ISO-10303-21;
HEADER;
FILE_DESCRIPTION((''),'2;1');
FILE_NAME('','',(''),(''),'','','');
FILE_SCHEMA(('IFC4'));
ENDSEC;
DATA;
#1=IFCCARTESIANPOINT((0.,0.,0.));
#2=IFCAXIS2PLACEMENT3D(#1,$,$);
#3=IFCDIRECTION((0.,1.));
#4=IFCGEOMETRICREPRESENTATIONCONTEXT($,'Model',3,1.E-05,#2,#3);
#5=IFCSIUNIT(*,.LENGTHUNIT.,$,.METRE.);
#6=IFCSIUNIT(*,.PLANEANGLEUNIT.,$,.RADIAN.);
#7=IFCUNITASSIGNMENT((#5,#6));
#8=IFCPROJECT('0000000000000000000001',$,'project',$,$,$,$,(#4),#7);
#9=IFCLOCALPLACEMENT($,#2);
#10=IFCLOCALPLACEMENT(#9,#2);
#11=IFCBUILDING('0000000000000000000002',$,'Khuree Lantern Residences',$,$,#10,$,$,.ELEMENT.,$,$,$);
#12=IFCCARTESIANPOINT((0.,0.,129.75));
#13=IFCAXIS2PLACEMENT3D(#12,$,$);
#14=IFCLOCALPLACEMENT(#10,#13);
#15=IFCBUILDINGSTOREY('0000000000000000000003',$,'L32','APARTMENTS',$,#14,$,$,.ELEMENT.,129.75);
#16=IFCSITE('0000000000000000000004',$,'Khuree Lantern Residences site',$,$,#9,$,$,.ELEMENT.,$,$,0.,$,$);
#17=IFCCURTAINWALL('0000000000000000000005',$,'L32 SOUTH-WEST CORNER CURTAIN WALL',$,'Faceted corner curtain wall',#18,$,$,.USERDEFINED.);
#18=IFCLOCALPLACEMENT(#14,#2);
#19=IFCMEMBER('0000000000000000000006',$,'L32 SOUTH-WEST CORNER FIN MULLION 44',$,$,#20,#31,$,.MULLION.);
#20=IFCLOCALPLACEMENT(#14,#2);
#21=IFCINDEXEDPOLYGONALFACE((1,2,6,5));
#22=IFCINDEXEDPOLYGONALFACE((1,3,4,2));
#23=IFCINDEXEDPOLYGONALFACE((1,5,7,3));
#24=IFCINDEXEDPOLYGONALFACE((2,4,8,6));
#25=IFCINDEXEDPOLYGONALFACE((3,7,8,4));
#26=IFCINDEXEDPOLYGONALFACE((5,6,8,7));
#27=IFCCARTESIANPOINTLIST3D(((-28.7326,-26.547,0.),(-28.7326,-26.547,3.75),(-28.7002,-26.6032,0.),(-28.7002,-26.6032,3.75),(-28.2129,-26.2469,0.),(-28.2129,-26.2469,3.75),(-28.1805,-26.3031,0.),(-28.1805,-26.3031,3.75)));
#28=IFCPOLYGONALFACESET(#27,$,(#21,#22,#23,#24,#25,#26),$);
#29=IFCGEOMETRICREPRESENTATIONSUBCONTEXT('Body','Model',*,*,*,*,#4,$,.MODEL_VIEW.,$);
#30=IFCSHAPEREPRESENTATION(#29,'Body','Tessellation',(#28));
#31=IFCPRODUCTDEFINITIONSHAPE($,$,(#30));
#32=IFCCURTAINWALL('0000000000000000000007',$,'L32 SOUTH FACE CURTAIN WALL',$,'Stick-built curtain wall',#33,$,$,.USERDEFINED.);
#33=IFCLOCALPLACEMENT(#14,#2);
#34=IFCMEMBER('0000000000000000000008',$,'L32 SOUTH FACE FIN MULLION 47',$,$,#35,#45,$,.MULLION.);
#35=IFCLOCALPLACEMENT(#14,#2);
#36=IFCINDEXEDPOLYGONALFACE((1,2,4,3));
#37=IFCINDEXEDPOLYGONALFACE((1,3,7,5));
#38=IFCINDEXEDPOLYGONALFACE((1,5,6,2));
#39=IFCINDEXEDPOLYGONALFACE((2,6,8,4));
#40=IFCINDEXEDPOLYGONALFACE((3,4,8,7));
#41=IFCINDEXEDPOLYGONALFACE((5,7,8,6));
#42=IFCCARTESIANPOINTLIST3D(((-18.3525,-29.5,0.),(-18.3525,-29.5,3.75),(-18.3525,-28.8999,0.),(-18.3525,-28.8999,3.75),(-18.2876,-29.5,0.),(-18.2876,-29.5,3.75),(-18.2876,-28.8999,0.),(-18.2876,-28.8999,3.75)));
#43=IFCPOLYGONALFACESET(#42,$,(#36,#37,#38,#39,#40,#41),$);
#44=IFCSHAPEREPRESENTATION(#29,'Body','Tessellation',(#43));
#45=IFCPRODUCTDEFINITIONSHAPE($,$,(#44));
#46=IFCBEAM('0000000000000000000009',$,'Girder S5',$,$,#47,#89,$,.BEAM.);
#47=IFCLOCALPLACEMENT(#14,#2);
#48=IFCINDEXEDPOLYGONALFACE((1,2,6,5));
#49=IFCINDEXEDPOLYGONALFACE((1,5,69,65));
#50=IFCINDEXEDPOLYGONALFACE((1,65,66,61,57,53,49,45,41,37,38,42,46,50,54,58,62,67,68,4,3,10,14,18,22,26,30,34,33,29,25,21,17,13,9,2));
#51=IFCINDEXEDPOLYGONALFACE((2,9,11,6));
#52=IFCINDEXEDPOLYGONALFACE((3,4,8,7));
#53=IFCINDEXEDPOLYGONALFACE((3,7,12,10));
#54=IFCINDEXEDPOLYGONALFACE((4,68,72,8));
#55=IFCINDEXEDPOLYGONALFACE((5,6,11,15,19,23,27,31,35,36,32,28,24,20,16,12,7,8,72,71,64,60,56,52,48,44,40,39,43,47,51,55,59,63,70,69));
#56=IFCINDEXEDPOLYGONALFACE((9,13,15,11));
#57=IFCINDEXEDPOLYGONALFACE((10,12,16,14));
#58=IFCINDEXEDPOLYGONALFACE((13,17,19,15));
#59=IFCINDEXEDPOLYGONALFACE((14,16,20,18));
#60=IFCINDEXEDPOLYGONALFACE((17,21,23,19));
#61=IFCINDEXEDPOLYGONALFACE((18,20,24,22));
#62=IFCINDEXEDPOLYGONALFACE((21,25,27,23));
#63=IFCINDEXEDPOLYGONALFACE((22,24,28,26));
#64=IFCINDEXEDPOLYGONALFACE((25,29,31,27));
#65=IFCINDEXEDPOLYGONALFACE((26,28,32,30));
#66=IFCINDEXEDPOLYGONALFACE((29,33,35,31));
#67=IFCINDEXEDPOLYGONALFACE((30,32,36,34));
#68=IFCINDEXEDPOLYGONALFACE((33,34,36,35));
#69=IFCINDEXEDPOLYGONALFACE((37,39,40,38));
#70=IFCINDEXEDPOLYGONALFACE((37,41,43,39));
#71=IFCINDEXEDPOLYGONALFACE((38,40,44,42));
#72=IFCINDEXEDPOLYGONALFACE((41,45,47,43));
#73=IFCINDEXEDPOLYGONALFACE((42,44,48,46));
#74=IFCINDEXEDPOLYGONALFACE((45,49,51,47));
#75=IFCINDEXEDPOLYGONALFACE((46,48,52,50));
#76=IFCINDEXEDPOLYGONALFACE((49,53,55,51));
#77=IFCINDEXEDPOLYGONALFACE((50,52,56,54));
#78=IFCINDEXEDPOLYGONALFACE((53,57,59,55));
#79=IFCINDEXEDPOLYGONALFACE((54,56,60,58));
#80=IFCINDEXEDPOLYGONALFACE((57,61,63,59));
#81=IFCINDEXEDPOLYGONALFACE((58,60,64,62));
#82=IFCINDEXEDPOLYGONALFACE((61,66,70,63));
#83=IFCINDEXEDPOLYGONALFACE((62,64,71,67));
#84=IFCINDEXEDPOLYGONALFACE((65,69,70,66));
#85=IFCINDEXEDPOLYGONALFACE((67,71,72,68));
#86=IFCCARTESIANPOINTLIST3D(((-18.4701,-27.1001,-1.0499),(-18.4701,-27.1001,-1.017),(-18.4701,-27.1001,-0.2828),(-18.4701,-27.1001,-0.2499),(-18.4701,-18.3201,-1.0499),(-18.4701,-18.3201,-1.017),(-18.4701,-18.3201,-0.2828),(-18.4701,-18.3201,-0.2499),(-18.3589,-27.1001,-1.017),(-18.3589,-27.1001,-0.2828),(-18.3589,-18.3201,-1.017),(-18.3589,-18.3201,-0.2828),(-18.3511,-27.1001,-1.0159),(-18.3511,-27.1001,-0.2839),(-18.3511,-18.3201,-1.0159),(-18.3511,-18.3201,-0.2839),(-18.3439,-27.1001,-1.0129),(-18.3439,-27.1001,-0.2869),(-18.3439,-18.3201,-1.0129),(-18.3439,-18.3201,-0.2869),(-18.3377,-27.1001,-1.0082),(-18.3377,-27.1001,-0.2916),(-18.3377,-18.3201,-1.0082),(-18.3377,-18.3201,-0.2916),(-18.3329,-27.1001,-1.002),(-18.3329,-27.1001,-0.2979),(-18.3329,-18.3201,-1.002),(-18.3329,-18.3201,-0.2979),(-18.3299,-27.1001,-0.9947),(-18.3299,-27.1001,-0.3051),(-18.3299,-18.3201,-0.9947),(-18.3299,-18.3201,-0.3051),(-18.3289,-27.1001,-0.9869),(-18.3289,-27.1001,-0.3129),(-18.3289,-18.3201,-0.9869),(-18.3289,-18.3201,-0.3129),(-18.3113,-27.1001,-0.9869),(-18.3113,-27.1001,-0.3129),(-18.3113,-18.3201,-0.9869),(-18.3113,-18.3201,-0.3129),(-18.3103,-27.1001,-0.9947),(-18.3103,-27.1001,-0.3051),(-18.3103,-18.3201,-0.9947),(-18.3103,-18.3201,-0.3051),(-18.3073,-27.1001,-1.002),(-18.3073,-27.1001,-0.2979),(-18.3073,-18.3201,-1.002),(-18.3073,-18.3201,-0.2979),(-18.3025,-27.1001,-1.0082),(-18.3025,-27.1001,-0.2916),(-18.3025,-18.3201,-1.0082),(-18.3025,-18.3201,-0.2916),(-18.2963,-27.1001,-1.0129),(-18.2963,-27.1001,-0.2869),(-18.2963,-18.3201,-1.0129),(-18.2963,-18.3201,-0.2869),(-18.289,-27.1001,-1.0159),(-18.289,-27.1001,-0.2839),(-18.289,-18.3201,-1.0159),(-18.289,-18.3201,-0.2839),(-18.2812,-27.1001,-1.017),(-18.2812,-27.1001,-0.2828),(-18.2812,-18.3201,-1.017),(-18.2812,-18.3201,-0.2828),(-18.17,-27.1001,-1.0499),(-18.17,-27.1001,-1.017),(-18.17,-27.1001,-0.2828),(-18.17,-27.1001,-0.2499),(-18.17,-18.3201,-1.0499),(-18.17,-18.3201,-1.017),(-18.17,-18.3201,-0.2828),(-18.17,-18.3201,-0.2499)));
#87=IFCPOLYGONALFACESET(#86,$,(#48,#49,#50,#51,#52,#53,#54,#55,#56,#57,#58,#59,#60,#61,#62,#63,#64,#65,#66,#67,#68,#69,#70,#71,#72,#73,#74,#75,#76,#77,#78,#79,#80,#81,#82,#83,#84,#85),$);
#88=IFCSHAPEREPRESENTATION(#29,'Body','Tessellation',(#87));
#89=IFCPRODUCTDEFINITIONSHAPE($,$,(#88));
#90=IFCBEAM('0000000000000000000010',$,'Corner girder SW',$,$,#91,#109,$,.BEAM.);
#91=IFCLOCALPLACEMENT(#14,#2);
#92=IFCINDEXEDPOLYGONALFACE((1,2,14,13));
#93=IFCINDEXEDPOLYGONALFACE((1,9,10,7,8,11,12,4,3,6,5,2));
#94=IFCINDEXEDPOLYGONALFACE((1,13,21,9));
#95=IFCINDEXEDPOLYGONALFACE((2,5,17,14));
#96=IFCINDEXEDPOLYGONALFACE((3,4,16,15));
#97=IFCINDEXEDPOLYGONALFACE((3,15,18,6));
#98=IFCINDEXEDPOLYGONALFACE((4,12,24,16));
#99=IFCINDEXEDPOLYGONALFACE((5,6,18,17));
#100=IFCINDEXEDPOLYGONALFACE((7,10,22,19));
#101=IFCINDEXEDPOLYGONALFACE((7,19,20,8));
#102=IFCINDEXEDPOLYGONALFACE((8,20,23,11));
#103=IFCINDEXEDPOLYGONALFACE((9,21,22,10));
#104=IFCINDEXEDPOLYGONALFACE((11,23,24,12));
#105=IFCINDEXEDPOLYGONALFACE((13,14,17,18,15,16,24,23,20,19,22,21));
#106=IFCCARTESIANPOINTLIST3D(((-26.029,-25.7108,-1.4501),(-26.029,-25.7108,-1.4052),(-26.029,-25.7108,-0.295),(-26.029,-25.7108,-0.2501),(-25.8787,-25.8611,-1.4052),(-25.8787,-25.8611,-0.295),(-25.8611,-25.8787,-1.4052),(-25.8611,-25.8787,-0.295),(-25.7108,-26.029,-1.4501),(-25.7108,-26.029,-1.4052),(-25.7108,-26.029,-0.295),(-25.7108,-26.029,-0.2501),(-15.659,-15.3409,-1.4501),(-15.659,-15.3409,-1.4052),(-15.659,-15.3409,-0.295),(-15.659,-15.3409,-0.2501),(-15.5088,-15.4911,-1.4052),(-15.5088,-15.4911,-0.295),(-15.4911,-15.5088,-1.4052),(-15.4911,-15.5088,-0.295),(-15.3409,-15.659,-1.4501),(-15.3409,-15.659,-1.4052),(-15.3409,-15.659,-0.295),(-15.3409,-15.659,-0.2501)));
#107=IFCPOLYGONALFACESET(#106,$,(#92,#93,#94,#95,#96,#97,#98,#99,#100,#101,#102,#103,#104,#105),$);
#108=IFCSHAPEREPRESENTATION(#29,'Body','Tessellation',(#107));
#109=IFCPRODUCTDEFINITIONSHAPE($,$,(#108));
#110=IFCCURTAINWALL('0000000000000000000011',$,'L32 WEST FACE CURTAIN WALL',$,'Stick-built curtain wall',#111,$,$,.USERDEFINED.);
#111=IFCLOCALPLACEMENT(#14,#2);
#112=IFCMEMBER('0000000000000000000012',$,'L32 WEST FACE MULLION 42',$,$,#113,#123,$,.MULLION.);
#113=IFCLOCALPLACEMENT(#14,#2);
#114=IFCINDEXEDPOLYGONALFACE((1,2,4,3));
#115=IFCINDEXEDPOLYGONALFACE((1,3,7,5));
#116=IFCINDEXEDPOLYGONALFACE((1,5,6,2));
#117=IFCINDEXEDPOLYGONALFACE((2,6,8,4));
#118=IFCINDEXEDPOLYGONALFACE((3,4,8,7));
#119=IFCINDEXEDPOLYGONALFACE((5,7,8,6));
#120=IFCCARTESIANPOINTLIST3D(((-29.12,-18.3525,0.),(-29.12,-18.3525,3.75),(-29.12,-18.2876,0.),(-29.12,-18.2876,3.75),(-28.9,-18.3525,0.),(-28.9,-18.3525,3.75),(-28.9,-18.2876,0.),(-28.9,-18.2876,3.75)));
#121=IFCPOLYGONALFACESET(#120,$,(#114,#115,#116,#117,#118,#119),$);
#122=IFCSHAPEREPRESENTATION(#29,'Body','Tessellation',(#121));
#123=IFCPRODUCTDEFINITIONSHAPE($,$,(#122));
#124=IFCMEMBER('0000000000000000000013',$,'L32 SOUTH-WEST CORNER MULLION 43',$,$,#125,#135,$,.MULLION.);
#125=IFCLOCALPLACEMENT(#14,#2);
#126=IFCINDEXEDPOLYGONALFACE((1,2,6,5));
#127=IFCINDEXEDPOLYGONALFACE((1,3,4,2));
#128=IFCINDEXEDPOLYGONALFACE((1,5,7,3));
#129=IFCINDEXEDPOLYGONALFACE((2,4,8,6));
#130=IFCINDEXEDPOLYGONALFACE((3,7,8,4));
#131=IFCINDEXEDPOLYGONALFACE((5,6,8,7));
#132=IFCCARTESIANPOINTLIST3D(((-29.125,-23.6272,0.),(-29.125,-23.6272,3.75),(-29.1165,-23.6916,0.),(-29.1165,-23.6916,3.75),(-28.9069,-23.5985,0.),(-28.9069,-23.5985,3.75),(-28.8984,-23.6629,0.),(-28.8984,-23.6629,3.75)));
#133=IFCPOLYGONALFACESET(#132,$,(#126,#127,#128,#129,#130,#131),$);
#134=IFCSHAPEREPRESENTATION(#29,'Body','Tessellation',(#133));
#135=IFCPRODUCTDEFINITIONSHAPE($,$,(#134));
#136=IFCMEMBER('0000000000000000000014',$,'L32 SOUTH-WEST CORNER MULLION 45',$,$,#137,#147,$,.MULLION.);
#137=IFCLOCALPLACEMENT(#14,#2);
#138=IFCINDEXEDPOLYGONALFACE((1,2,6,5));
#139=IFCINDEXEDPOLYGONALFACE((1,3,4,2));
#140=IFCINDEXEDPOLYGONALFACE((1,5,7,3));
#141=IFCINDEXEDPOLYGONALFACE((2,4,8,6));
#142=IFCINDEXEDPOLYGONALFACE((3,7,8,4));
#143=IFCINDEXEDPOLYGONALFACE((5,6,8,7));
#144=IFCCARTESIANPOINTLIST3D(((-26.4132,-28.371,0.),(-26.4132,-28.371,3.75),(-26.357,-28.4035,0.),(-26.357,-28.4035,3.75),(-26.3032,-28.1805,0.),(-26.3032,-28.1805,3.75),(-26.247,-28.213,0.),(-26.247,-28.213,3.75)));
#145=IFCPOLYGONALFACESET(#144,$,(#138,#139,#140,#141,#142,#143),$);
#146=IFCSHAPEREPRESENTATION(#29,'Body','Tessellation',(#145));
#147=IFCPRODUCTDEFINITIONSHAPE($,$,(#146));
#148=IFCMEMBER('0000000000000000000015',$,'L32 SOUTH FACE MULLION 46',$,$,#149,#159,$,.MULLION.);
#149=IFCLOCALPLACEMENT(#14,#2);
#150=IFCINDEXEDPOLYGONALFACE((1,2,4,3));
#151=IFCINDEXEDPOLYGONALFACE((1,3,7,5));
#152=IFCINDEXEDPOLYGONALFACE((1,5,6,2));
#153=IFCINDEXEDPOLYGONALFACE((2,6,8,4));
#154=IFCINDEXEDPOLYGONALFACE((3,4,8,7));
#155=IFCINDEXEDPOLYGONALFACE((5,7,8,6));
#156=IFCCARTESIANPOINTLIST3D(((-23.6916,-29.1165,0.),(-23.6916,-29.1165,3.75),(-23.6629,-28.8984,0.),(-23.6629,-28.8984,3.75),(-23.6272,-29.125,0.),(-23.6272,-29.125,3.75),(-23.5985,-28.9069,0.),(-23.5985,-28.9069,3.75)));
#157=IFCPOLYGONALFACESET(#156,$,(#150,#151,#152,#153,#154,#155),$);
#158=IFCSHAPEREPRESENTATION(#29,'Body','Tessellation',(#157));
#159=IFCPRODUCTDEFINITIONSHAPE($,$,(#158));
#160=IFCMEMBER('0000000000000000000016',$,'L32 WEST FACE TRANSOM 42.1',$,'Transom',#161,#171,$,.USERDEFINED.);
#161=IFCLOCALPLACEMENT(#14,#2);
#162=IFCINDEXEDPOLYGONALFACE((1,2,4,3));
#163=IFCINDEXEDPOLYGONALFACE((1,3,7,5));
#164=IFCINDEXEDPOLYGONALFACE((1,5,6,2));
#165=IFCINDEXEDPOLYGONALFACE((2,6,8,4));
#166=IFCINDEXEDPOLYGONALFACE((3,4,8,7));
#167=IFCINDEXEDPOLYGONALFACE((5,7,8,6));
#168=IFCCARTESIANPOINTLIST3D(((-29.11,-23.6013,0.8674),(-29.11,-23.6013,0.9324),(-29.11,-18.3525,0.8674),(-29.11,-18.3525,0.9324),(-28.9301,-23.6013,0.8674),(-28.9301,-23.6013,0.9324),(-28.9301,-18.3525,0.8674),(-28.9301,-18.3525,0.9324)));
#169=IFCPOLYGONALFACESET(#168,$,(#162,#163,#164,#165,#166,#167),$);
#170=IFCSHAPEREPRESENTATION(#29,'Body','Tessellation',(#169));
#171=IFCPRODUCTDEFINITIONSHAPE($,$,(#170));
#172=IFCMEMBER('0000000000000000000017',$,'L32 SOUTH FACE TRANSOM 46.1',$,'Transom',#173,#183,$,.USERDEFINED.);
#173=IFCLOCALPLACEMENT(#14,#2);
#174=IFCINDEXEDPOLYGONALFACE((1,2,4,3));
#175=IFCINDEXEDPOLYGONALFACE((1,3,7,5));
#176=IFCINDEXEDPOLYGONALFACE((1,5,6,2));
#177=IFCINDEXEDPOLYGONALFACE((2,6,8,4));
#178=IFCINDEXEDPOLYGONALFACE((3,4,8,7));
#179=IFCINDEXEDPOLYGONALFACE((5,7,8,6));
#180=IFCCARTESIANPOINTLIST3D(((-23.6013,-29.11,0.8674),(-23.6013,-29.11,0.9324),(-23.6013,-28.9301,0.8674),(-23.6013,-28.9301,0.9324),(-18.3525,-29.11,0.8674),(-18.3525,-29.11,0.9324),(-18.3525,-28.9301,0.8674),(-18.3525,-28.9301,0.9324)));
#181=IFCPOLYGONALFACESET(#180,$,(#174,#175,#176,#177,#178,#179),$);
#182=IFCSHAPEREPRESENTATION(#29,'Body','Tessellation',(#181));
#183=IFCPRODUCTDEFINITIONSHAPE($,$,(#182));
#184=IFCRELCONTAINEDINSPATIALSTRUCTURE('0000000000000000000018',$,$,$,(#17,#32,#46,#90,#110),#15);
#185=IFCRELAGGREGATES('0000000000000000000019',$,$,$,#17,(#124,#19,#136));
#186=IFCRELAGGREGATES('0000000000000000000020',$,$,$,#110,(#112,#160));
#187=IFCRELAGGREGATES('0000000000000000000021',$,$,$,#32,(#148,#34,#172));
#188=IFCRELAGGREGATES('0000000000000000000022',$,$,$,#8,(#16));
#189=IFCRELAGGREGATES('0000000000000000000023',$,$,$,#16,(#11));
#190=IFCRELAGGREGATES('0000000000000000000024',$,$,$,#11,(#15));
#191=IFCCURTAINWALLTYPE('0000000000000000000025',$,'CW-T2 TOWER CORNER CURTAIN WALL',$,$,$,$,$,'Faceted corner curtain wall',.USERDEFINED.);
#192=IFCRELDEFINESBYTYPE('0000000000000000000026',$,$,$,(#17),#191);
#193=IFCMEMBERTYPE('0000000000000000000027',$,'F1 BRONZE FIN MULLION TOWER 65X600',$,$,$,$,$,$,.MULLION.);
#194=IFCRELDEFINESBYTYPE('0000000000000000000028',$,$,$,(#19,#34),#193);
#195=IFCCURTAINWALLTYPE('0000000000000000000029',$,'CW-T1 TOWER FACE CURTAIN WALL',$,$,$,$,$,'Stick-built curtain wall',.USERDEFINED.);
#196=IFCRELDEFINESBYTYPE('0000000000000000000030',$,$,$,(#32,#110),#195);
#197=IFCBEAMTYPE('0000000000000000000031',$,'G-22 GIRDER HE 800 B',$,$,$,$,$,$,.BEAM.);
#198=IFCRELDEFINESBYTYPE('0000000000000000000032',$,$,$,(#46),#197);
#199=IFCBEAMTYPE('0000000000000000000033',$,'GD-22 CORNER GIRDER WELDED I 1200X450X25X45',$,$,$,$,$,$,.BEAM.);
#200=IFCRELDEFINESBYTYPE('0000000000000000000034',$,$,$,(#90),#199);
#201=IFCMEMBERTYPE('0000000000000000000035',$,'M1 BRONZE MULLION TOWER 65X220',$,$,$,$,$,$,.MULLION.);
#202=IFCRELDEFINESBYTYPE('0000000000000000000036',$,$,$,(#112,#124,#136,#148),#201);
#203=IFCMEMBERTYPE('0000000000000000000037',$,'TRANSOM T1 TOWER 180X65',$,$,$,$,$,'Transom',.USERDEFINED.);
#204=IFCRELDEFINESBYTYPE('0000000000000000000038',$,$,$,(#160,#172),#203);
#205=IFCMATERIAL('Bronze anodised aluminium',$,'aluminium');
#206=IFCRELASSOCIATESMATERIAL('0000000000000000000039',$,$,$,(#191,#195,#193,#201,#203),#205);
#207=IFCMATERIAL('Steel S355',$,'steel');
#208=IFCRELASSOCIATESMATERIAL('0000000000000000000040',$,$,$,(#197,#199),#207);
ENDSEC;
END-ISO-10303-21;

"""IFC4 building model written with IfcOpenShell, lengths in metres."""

from ifc_helpers import new_model, si_unit, direction, frame, origin, origin_2d, place, context, subcontext, project, spatial, rectangle, i_section, extrude, material, material_profile, profile_set, type_object, element, aggregate, save


model = new_model("IFC4")

# Units and contexts
model_context = context("Model", 3, precision=1e-05, world=origin(), true_north=direction((0.0, 1.0)))
body_context = subcontext(model_context, "Body", "Model", "MODEL_VIEW")
ifc_project = project(units=[si_unit("LENGTHUNIT", "METRE"), si_unit("PLANEANGLEUNIT", "RADIAN")], contexts=[model_context])

# Site, building, storey
site_placement = place(None, origin())
site = spatial("IfcSite", under=ifc_project, at=site_placement, Name="Khuree Lantern Residences site", CompositionType="ELEMENT", RefElevation=0.0)
building_placement = place(site_placement, origin())
building = spatial("IfcBuilding", under=site, at=building_placement, Name="Khuree Lantern Residences", CompositionType="ELEMENT")
storey_placement = place(building_placement, frame((0.0, 0.0, 129.75)))
storey = spatial("IfcBuildingStorey", under=building, at=storey_placement, Name="L32", Description="APARTMENTS", CompositionType="ELEMENT", Elevation=129.75)

# Shared definitions
ifc_material_1 = material(Name="Steel S355", Category="steel")

# Curtain walls, members
ifc_material_2 = material(Name="Bronze anodised aluminium", Category="aluminium")
curtain_wall_type_1 = type_object("IfcCurtainWallType", Name="CW-T2 TOWER CORNER CURTAIN WALL", ElementType="Faceted corner curtain wall", PredefinedType="USERDEFINED", material=ifc_material_2)
curtain_wall_1_placement = place(storey_placement, origin())
curtain_wall_1 = element("IfcCurtainWall", 1, at=curtain_wall_1_placement, inside=storey, type_object=curtain_wall_type_1, Name="L32 SOUTH-WEST CORNER CURTAIN WALL", ObjectType="Faceted corner curtain wall", PredefinedType="USERDEFINED")
ifc_material_profile_1 = material_profile(ifc_material_2, rectangle(XDim=0.0649, YDim=0.6001, at=origin_2d()), Name="F1 65X600")
ifc_profile_set_1 = profile_set([ifc_material_profile_1], Name="Bronze anodised aluminium")
member_type_1 = type_object("IfcMemberType", Name="F1 BRONZE FIN MULLION TOWER 65X600", PredefinedType="MULLION", material=ifc_profile_set_1)
member_1_placement = place(storey_placement, frame((-28.4565, -26.425, 0.0), z_axis=(0.0, 0.0, 1.0), x_axis=(0.5, -0.866025, 0.0)))
member_1 = element("IfcMember", 2, at=member_1_placement, type_object=member_type_1, Name="L32 SOUTH-WEST CORNER FIN MULLION 44", PredefinedType="MULLION", context=body_context, shape_type="SweptSolid", body=[
    extrude(rectangle(XDim=0.0649, YDim=0.6001, at=origin_2d()), origin(), (0.0, 0.0, 1.0), 3.75),
])
curtain_wall_type_2 = type_object("IfcCurtainWallType", Name="CW-T1 TOWER FACE CURTAIN WALL", ElementType="Stick-built curtain wall", PredefinedType="USERDEFINED", material=ifc_material_2)
curtain_wall_2_placement = place(storey_placement, origin())
curtain_wall_2 = element("IfcCurtainWall", 3, at=curtain_wall_2_placement, inside=storey, type_object=curtain_wall_type_2, Name="L32 SOUTH FACE CURTAIN WALL", ObjectType="Stick-built curtain wall", PredefinedType="USERDEFINED")
member_2_placement = place(storey_placement, frame((-18.3201, -29.2, 0.0), z_axis=(0.0, 0.0, 1.0), x_axis=(1.0, 0.0, 0.0)))
member_2 = element("IfcMember", 4, at=member_2_placement, type_object=member_type_1, Name="L32 SOUTH FACE FIN MULLION 47", PredefinedType="MULLION", context=body_context, shape_type="SweptSolid", body=[
    extrude(rectangle(XDim=0.0649, YDim=0.6001, at=origin_2d()), origin(), (0.0, 0.0, 1.0), 3.75),
])

# Beams
ifc_material_profile_2 = material_profile(ifc_material_1, i_section(OverallWidth=0.3, OverallDepth=0.8, WebThickness=0.0176, FlangeThickness=0.033, FilletRadius=0.03, at=origin_2d()), Name="HE 800 B")
ifc_profile_set_2 = profile_set([ifc_material_profile_2], Name="Steel S355")
beam_type_1 = type_object("IfcBeamType", Name="G-22 GIRDER HE 800 B", PredefinedType="BEAM", material=ifc_profile_set_2)
beam_1_placement = place(storey_placement, frame((-18.3201, -27.1001, -0.6499), z_axis=(0.0, 1.0, 0.0), x_axis=(-1.0, 0.0, 0.0)))
element("IfcBeam", 5, at=beam_1_placement, inside=storey, type_object=beam_type_1, Name="Girder S5", PredefinedType="BEAM", context=body_context, shape_type="SweptSolid", body=[
    extrude(i_section(OverallWidth=0.3, OverallDepth=0.8, WebThickness=0.0176, FlangeThickness=0.033, FilletRadius=0.03, at=origin_2d()), origin(), (0.0, 0.0, 1.0), 8.78),
])
ifc_material_profile_3 = material_profile(ifc_material_1, i_section(OverallWidth=0.45, OverallDepth=1.2, WebThickness=0.0249, FlangeThickness=0.0449, at=origin_2d()), Name="WELDED I 1200X450X25X45")
ifc_profile_set_3 = profile_set([ifc_material_profile_3], Name="Steel S355")
beam_type_2 = type_object("IfcBeamType", Name="GD-22 CORNER GIRDER WELDED I 1200X450X25X45", PredefinedType="BEAM", material=ifc_profile_set_3)
beam_2_placement = place(storey_placement, frame((-25.8699, -25.8699, -0.8501), z_axis=(0.707107, 0.707107, 0.0), x_axis=(-0.707107, 0.707107, 0.0)))
element("IfcBeam", 6, at=beam_2_placement, inside=storey, type_object=beam_type_2, Name="Corner girder SW", PredefinedType="BEAM", context=body_context, shape_type="SweptSolid", body=[
    extrude(i_section(OverallWidth=0.45, OverallDepth=1.2, WebThickness=0.0249, FlangeThickness=0.0449, at=origin_2d()), origin(), (0.0, 0.0, 1.0), 14.6653),
])

# Curtain wall, member
curtain_wall_3_placement = place(storey_placement, origin())
curtain_wall_3 = element("IfcCurtainWall", 7, at=curtain_wall_3_placement, inside=storey, type_object=curtain_wall_type_2, Name="L32 WEST FACE CURTAIN WALL", ObjectType="Stick-built curtain wall", PredefinedType="USERDEFINED")
ifc_material_profile_4 = material_profile(ifc_material_2, rectangle(XDim=0.0649, YDim=0.22, at=origin_2d()), Name="M1 65X220")
ifc_profile_set_4 = profile_set([ifc_material_profile_4], Name="Bronze anodised aluminium")
member_type_2 = type_object("IfcMemberType", Name="M1 BRONZE MULLION TOWER 65X220", PredefinedType="MULLION", material=ifc_profile_set_4)
member_3_placement = place(storey_placement, frame((-29.01, -18.3201, 0.0), z_axis=(0.0, 0.0, 1.0), x_axis=(0.0, -1.0, 0.0)))
member_3 = element("IfcMember", 8, at=member_3_placement, type_object=member_type_2, Name="L32 WEST FACE MULLION 42", PredefinedType="MULLION", context=body_context, shape_type="SweptSolid", body=[
    extrude(rectangle(XDim=0.0649, YDim=0.22, at=origin_2d()), origin(), (0.0, 0.0, 1.0), 3.75),
])

# Members
member_4_placement = place(storey_placement, frame((-29.0117, -23.645, 0.0), z_axis=(0.0, 0.0, 1.0), x_axis=(0.130526, -0.991445, 0.0)))
member_4 = element("IfcMember", 9, at=member_4_placement, type_object=member_type_2, Name="L32 SOUTH-WEST CORNER MULLION 43", PredefinedType="MULLION", context=body_context, shape_type="SweptSolid", body=[
    extrude(rectangle(XDim=0.0649, YDim=0.22, at=origin_2d()), origin(), (0.0, 0.0, 1.0), 3.75),
])
member_5_placement = place(storey_placement, frame((-26.3301, -28.292, 0.0), z_axis=(0.0, 0.0, 1.0), x_axis=(0.866025, -0.5, 0.0)))
member_5 = element("IfcMember", 10, at=member_5_placement, type_object=member_type_2, Name="L32 SOUTH-WEST CORNER MULLION 45", PredefinedType="MULLION", context=body_context, shape_type="SweptSolid", body=[
    extrude(rectangle(XDim=0.0649, YDim=0.22, at=origin_2d()), origin(), (0.0, 0.0, 1.0), 3.75),
])
member_6_placement = place(storey_placement, frame((-23.645, -29.0117, 0.0), z_axis=(0.0, 0.0, 1.0), x_axis=(0.991445, -0.130526, 0.0)))
member_6 = element("IfcMember", 11, at=member_6_placement, type_object=member_type_2, Name="L32 SOUTH FACE MULLION 46", PredefinedType="MULLION", context=body_context, shape_type="SweptSolid", body=[
    extrude(rectangle(XDim=0.0649, YDim=0.22, at=origin_2d()), origin(), (0.0, 0.0, 1.0), 3.75),
])
ifc_material_profile_5 = material_profile(ifc_material_2, rectangle(XDim=0.1799, YDim=0.0649, at=origin_2d()), Name="T1 180X65")
ifc_profile_set_5 = profile_set([ifc_material_profile_5], Name="Bronze anodised aluminium")
member_type_3 = type_object("IfcMemberType", Name="TRANSOM T1 TOWER 180X65", ElementType="Transom", PredefinedType="USERDEFINED", material=ifc_profile_set_5)
member_7_placement = place(storey_placement, frame((-29.02, -18.3525, 0.8999), z_axis=(0.0, -1.0, 0.0), x_axis=(1.0, 0.0, 0.0)))
member_7 = element("IfcMember", 12, at=member_7_placement, type_object=member_type_3, Name="L32 WEST FACE TRANSOM 42.1", ObjectType="Transom", PredefinedType="USERDEFINED", context=body_context, shape_type="SweptSolid", body=[
    extrude(rectangle(XDim=0.1799, YDim=0.0649, at=origin_2d()), origin(), (0.0, 0.0, 1.0), 5.2488),
])
member_8_placement = place(storey_placement, frame((-23.6013, -29.02, 0.8999), z_axis=(1.0, 0.0, 0.0), x_axis=(0.0, 1.0, 0.0)))
member_8 = element("IfcMember", 13, at=member_8_placement, type_object=member_type_3, Name="L32 SOUTH FACE TRANSOM 46.1", ObjectType="Transom", PredefinedType="USERDEFINED", context=body_context, shape_type="SweptSolid", body=[
    extrude(rectangle(XDim=0.1799, YDim=0.0649, at=origin_2d()), origin(), (0.0, 0.0, 1.0), 5.2488),
])

aggregate(curtain_wall_1, [member_4, member_1, member_5])
aggregate(curtain_wall_3, [member_3, member_7])
aggregate(curtain_wall_2, [member_6, member_2, member_8])

save(model, "model.ifc")
